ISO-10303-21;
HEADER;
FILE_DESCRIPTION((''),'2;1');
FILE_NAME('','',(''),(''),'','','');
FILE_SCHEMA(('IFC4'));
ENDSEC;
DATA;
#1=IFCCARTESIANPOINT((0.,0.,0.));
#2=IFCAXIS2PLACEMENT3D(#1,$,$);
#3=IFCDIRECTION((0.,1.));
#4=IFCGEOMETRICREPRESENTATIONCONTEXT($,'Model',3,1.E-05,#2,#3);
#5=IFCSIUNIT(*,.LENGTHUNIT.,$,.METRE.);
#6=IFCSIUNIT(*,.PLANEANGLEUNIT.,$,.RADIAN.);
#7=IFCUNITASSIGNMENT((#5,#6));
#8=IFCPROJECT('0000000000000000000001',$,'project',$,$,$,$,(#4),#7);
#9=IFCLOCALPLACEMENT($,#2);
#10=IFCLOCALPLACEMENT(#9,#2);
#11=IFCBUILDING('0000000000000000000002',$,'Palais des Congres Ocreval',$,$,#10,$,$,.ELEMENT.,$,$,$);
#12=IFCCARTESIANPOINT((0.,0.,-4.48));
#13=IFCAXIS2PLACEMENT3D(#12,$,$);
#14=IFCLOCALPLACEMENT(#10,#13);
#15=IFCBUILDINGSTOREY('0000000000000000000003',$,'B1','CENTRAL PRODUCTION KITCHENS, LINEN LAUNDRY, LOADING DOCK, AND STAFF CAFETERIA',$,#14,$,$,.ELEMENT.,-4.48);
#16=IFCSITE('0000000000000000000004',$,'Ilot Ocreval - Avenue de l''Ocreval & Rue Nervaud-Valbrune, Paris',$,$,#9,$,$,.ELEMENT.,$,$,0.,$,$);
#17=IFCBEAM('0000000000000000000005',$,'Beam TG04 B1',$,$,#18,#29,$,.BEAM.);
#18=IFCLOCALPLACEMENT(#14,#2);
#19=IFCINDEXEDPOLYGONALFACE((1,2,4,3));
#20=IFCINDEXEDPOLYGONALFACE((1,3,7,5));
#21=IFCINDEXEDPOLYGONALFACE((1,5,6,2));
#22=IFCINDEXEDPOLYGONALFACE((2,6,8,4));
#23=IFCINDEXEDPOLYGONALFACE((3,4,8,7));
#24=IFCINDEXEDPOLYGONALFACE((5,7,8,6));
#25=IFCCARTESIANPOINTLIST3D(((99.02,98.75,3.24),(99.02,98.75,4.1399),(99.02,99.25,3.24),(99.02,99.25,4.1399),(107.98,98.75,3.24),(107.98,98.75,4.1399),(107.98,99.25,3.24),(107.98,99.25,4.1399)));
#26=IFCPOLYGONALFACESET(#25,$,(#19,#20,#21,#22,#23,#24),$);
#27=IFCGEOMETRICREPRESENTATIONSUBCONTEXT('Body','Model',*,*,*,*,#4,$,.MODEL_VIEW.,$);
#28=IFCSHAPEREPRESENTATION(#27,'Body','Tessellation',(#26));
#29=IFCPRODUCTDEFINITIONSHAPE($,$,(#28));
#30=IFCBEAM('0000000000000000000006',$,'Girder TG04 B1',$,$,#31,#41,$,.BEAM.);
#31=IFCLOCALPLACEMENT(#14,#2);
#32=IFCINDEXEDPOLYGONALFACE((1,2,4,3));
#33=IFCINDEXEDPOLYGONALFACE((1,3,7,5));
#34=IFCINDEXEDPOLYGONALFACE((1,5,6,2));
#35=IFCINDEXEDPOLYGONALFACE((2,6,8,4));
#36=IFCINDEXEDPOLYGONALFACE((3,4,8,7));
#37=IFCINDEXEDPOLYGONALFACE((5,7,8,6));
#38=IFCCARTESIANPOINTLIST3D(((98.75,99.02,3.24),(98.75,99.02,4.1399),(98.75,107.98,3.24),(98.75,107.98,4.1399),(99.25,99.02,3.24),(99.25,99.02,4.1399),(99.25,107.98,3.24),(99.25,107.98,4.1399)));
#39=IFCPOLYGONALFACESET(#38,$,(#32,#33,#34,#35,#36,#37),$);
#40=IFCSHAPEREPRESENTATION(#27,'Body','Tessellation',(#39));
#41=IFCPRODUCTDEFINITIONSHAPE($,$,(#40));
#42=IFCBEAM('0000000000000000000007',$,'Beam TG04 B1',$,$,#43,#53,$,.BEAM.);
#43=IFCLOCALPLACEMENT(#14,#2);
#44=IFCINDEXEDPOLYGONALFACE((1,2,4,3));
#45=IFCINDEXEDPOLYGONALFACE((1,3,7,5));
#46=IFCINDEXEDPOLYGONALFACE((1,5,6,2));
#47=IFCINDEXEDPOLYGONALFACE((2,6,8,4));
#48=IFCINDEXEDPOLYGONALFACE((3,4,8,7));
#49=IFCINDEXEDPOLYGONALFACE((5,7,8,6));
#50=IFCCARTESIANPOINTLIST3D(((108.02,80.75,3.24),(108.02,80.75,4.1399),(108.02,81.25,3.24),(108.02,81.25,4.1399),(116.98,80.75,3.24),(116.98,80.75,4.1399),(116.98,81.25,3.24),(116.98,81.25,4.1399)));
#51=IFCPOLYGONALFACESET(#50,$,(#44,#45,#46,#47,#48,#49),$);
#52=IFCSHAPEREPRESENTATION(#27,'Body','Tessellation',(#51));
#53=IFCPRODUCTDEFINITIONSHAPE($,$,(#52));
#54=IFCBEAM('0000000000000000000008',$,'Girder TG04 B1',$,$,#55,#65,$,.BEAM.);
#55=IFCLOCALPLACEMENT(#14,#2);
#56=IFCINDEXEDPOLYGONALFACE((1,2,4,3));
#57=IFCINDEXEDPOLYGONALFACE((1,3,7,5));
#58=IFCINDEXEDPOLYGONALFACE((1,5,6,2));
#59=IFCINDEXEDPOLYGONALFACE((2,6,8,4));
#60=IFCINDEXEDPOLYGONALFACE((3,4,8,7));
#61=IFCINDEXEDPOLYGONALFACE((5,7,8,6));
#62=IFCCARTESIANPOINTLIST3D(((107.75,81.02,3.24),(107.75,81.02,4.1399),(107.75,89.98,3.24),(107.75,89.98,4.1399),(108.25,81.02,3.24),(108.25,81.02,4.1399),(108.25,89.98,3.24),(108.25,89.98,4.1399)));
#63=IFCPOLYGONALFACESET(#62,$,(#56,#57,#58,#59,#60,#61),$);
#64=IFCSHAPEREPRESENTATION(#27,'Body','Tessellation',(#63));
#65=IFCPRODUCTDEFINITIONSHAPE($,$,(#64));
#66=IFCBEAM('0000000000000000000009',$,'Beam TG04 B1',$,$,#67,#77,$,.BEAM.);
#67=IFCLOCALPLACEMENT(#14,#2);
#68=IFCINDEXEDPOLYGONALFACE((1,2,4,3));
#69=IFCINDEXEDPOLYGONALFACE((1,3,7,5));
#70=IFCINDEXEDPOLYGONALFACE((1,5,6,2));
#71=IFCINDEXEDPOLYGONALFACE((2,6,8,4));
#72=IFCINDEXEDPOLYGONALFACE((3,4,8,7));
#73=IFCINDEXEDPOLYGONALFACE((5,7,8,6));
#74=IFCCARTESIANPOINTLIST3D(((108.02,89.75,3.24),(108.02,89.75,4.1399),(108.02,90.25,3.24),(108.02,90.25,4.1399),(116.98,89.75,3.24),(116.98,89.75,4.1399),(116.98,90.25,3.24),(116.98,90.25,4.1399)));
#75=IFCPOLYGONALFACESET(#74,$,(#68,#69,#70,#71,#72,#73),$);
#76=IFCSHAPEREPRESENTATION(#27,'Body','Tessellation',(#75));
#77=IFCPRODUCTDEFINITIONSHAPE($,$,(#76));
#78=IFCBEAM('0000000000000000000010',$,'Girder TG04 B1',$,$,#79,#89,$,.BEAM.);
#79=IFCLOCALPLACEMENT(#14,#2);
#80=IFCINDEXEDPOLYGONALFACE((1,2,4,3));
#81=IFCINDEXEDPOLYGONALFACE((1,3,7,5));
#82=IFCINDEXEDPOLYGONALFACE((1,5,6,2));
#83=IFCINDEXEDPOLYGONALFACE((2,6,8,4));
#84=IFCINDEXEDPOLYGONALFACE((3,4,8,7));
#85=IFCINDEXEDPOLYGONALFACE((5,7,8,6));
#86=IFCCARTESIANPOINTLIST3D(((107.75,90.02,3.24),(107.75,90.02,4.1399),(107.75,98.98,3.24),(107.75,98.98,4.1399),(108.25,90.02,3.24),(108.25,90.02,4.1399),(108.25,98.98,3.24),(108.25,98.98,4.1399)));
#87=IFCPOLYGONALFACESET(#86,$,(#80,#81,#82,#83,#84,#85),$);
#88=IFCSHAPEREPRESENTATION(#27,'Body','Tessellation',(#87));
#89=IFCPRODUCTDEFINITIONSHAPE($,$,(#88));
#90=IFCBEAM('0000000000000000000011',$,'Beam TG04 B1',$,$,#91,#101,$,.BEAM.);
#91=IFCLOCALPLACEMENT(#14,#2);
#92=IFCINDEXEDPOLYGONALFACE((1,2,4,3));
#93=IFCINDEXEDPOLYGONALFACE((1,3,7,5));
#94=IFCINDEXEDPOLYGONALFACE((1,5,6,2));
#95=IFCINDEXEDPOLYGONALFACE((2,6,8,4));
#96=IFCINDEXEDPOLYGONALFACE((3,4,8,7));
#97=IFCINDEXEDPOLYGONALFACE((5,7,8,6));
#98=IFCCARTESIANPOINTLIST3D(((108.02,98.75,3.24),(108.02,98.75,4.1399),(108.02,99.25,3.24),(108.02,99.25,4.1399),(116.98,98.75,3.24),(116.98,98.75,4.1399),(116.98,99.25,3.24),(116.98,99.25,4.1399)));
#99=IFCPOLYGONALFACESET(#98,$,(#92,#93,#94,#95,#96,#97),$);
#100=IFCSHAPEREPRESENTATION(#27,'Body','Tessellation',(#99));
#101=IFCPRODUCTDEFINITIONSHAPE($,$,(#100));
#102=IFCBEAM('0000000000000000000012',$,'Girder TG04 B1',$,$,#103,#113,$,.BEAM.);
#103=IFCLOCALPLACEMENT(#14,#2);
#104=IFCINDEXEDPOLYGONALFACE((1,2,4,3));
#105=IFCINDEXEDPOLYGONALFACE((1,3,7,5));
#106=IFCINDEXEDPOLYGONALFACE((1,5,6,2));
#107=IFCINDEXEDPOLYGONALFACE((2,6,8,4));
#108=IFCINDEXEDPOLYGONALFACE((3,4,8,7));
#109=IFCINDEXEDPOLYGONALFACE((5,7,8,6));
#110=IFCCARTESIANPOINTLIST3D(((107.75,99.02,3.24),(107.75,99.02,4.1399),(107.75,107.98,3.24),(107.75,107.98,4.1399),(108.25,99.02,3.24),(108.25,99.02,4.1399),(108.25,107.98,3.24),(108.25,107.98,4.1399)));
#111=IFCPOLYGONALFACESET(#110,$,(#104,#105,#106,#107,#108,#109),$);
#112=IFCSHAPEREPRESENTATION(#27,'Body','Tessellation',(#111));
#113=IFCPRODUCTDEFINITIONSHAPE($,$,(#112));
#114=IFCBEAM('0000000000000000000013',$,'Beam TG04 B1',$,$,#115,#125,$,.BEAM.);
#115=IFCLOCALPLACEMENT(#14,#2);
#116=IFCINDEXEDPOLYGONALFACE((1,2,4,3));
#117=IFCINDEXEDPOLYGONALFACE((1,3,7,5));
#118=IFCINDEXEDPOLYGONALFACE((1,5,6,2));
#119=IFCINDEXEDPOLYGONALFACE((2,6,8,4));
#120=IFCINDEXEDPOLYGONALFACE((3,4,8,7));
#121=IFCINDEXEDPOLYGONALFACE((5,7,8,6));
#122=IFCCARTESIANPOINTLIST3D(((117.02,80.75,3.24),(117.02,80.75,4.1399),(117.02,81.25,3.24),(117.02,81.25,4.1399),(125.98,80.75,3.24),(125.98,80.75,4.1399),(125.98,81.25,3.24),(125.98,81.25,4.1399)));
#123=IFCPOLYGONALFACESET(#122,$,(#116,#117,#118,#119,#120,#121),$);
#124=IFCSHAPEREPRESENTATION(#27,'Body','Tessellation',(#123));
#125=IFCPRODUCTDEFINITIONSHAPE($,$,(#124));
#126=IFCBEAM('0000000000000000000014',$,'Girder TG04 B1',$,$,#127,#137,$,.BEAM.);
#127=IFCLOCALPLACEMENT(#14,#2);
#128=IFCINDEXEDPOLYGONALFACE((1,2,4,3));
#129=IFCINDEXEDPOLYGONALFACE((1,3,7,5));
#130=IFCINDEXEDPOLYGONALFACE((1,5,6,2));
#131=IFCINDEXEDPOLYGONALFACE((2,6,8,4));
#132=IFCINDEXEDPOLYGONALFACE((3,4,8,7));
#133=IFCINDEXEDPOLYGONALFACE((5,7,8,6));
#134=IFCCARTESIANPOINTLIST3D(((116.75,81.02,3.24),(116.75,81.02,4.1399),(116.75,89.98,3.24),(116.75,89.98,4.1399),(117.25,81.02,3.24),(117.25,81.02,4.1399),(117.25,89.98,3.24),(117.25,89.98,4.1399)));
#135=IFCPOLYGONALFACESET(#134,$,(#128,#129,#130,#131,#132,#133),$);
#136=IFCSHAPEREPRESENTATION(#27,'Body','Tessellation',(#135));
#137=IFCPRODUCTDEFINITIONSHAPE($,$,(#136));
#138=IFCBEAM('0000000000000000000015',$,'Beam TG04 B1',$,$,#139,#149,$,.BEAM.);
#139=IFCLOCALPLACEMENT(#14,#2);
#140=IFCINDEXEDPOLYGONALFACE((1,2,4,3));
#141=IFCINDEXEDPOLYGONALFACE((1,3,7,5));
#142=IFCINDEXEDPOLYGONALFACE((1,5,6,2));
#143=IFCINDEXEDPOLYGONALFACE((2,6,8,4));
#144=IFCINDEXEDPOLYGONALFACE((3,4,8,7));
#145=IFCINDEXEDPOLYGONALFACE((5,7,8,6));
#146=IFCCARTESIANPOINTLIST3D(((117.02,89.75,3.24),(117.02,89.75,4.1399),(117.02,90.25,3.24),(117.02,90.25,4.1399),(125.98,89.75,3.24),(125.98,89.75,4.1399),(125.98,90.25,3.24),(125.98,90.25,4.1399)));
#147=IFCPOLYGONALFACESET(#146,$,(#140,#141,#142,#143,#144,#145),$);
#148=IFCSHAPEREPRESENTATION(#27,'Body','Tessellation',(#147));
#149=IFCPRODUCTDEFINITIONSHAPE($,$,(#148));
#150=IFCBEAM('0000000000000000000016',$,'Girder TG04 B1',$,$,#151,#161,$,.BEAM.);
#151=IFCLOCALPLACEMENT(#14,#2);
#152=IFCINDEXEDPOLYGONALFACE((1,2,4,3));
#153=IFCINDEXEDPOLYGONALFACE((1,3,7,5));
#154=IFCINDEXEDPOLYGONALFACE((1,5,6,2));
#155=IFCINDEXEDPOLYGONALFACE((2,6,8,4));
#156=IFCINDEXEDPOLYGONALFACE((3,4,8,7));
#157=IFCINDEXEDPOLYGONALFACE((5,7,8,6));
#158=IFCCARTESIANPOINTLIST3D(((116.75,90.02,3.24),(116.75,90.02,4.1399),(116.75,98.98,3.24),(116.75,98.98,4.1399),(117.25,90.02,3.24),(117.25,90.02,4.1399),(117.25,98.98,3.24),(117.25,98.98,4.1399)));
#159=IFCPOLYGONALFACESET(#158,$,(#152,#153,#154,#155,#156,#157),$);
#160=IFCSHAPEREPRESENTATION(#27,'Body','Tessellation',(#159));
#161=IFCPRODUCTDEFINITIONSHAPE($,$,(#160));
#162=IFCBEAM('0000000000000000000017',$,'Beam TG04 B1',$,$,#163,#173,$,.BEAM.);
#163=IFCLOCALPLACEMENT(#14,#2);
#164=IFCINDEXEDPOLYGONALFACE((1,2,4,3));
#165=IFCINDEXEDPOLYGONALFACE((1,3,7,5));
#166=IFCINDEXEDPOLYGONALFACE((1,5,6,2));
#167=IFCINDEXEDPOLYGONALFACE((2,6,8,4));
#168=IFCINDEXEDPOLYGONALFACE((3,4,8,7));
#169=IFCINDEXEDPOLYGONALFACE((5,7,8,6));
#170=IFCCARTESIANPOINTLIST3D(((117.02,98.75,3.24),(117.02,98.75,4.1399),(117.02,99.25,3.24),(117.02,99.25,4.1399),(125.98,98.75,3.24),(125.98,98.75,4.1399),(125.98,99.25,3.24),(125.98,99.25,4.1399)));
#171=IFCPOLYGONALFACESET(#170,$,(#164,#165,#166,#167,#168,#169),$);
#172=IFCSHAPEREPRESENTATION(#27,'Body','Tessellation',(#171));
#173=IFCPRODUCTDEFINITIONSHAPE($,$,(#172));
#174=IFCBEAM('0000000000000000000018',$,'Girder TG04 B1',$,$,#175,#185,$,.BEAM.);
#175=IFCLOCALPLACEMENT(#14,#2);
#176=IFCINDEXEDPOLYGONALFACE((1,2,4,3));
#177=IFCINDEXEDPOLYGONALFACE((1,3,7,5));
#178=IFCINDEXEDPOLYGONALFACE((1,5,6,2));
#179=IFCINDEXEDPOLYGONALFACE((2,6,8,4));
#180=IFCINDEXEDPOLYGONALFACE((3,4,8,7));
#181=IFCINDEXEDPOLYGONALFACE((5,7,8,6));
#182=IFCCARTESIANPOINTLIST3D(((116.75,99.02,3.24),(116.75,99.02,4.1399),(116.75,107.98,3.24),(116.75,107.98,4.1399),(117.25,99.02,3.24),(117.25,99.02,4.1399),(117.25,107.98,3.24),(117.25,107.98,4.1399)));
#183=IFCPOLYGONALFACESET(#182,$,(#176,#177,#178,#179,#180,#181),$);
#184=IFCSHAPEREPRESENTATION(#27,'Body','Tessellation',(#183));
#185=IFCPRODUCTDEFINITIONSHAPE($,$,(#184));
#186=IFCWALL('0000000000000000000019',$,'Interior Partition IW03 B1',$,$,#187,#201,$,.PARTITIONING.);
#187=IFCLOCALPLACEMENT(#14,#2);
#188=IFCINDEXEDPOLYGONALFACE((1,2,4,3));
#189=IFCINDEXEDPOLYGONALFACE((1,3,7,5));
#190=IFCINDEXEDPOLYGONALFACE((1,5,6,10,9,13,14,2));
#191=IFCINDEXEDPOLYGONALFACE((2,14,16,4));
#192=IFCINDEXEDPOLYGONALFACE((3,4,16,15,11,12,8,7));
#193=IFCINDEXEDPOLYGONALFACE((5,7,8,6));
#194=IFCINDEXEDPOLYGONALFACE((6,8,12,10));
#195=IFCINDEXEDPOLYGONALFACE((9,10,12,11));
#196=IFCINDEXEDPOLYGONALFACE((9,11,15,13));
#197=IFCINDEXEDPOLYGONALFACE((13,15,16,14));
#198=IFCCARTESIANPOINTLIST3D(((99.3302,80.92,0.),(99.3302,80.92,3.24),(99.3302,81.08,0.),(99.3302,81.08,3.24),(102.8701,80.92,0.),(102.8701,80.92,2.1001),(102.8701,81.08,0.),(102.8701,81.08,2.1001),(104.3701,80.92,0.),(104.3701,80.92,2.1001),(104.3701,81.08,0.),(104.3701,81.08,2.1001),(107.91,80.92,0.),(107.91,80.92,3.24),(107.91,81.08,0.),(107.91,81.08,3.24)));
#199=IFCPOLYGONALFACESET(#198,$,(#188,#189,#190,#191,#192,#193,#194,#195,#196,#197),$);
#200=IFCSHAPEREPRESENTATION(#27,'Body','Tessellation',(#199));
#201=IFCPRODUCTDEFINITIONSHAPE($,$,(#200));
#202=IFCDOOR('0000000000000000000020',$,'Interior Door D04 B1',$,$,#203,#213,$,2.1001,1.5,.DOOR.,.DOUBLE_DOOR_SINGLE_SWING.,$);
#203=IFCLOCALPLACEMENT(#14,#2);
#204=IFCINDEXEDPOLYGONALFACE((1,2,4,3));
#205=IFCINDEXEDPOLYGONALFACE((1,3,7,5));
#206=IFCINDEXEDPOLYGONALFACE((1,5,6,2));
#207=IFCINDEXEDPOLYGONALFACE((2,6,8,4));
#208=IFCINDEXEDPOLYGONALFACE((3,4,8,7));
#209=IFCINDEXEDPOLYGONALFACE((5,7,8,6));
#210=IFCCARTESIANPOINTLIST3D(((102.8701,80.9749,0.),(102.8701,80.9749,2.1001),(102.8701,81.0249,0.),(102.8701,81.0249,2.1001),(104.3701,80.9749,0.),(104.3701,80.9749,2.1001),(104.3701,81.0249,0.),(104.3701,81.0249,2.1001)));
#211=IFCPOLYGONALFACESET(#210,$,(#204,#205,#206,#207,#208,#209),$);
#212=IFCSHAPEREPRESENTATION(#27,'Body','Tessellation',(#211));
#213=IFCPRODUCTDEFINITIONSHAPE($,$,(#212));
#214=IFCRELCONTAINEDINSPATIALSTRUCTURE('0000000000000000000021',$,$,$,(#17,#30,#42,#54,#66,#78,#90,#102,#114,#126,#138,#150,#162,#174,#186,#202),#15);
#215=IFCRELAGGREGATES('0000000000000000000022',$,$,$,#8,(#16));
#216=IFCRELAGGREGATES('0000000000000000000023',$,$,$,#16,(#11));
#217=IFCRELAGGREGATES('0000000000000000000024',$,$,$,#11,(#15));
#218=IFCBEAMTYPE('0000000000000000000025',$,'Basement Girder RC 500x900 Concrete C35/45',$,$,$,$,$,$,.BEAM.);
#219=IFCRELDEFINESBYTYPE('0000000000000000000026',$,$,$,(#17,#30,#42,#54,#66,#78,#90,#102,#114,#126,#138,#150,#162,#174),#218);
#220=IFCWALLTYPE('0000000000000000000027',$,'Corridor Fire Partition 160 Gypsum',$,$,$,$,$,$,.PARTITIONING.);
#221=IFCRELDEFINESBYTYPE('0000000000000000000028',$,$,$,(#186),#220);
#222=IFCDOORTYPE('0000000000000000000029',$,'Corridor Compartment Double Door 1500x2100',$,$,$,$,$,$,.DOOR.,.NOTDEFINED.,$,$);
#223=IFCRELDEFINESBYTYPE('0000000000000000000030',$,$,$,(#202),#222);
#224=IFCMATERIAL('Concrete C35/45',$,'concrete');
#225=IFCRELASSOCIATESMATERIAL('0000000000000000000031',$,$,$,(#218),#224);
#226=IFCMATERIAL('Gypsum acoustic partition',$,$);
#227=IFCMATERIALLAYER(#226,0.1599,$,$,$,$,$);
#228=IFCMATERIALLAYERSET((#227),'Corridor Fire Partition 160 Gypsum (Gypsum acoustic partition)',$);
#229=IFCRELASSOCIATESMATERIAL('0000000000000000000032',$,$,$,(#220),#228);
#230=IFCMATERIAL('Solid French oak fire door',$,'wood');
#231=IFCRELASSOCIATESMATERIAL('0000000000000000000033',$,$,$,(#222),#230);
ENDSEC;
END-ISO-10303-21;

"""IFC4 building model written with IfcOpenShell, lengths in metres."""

from ifc_helpers import new_model, si_unit, direction, frame, frame_2d, origin, origin_2d, place, context, subcontext, project, spatial, rectangle, extrude, material, layer, layer_set, material_profile, profile_set, type_object, element, fill, save


model = new_model("IFC4")

# Units and contexts
model_context = context("Model", 3, precision=1e-05, world=origin(), true_north=direction((0.0, 1.0)))
body_context = subcontext(model_context, "Body", "Model", "MODEL_VIEW")
ifc_project = project(units=[si_unit("LENGTHUNIT", "METRE"), si_unit("PLANEANGLEUNIT", "RADIAN")], contexts=[model_context])

# Site, building, storey
site_placement = place(None, origin())
site = spatial("IfcSite", under=ifc_project, at=site_placement, Name="Ilot Ocreval - Avenue de l'Ocreval & Rue Nervaud-Valbrune, Paris", CompositionType="ELEMENT", RefElevation=0.0)
building_placement = place(site_placement, origin())
building = spatial("IfcBuilding", under=site, at=building_placement, Name="Palais des Congres Ocreval", CompositionType="ELEMENT")
storey_placement = place(building_placement, frame((0.0, 0.0, -4.48)))
storey = spatial("IfcBuildingStorey", under=building, at=storey_placement, Name="B1", Description="CENTRAL PRODUCTION KITCHENS, LINEN LAUNDRY, LOADING DOCK, AND STAFF CAFETERIA", CompositionType="ELEMENT", Elevation=-4.48)

# Beams
ifc_material_1 = material(Name="Concrete C35/45", Category="concrete")
ifc_material_profile_1 = material_profile(ifc_material_1, rectangle(XDim=0.5, YDim=0.8999, at=origin_2d()), Name="RC 500x900")
ifc_profile_set_1 = profile_set([ifc_material_profile_1], Name="Concrete C35/45")
beam_type = type_object("IfcBeamType", Name="Basement Girder RC 500x900 Concrete C35/45", PredefinedType="BEAM", material=ifc_profile_set_1)
for number, where, z_axis, x_axis, name in (
    (1, (99.02, 99.0, 3.6899), (1.0, 0.0, 0.0), (0.0, 1.0, 0.0), "Beam TG04 B1"),
    (2, (99.0, 99.02, 3.6899), (0.0, 1.0, 0.0), (-1.0, 0.0, 0.0), "Girder TG04 B1"),
    (3, (108.02, 81.0, 3.6899), (1.0, 0.0, 0.0), (0.0, 1.0, 0.0), "Beam TG04 B1"),
    (4, (108.0, 81.02, 3.6899), (0.0, 1.0, 0.0), (-1.0, 0.0, 0.0), "Girder TG04 B1"),
    (5, (108.02, 90.0, 3.6899), (1.0, 0.0, 0.0), (0.0, 1.0, 0.0), "Beam TG04 B1"),
    (6, (108.0, 90.02, 3.6899), (0.0, 1.0, 0.0), (-1.0, 0.0, 0.0), "Girder TG04 B1"),
    (7, (108.02, 99.0, 3.6899), (1.0, 0.0, 0.0), (0.0, 1.0, 0.0), "Beam TG04 B1"),
    (8, (108.0, 99.02, 3.6899), (0.0, 1.0, 0.0), (-1.0, 0.0, 0.0), "Girder TG04 B1"),
    (9, (117.02, 81.0, 3.6899), (1.0, 0.0, 0.0), (0.0, 1.0, 0.0), "Beam TG04 B1"),
    (10, (117.0, 81.02, 3.6899), (0.0, 1.0, 0.0), (-1.0, 0.0, 0.0), "Girder TG04 B1"),
    (11, (117.02, 90.0, 3.6899), (1.0, 0.0, 0.0), (0.0, 1.0, 0.0), "Beam TG04 B1"),
    (12, (117.0, 90.02, 3.6899), (0.0, 1.0, 0.0), (-1.0, 0.0, 0.0), "Girder TG04 B1"),
    (13, (117.02, 99.0, 3.6899), (1.0, 0.0, 0.0), (0.0, 1.0, 0.0), "Beam TG04 B1"),
    (14, (117.0, 99.02, 3.6899), (0.0, 1.0, 0.0), (-1.0, 0.0, 0.0), "Girder TG04 B1"),
):
    element("IfcBeam", number, at=place(storey_placement, frame(where, z_axis=z_axis, x_axis=x_axis)), inside=storey, type_object=beam_type, Name=name, PredefinedType="BEAM", context=body_context, shape_type="SweptSolid", body=[
        extrude(rectangle(XDim=0.5, YDim=0.8999, at=origin_2d()), origin(), (0.0, 0.0, 1.0), 8.96),
    ])

# Wall, opening, door
ifc_material_2 = material(Name="Gypsum acoustic partition")
ifc_layer_1 = layer(ifc_material_2, 0.1599)
ifc_layer_set_1 = layer_set([ifc_layer_1], Name="Corridor Fire Partition 160 Gypsum (Gypsum acoustic partition)")
wall_type_1 = type_object("IfcWallType", Name="Corridor Fire Partition 160 Gypsum", PredefinedType="PARTITIONING", material=ifc_layer_set_1)
wall_1_placement = place(storey_placement, frame((99.3301, 81.0, 0.0), z_axis=(0.0, 0.0, 1.0), x_axis=(1.0, 0.0, 0.0)))
wall_1 = element("IfcWall", 15, at=wall_1_placement, inside=storey, type_object=wall_type_1, Name="Interior Partition IW03 B1", PredefinedType="PARTITIONING", context=body_context, shape_type="SweptSolid", body=[
    extrude(rectangle(XDim=8.5798, YDim=0.1599, at=frame_2d((4.29, 0.0))), origin(), (0.0, 0.0, 1.0), 3.24),
])
opening_1_placement = place(wall_1_placement, frame((3.54, 0.0, 0.0)))
opening_1 = element("IfcOpeningElement", 16, at=opening_1_placement, cuts=wall_1, PredefinedType="OPENING", context=body_context, shape_type="SweptSolid", body=[
    extrude(rectangle(XDim=1.5, YDim=2.1001, at=frame_2d((0.75, 1.05))), frame((0.0, 0.0898, 0.0), z_axis=(0.0, -1.0, 0.0), x_axis=(1.0, 0.0, 0.0)), (0.0, 0.0, 1.0), 0.1799),
])
ifc_material_3 = material(Name="Solid French oak fire door", Category="wood")
door_type_1 = type_object("IfcDoorType", Name="Corridor Compartment Double Door 1500x2100", OperationType="NOTDEFINED", PredefinedType="DOOR", material=ifc_material_3)
door_1_placement = place(opening_1_placement, origin())
door_1 = element("IfcDoor", 17, at=door_1_placement, inside=storey, type_object=door_type_1, Name="Interior Door D04 B1", OperationType="DOUBLE_DOOR_SINGLE_SWING", OverallHeight=2.1001, OverallWidth=1.5, PredefinedType="DOOR", context=body_context, shape_type="SweptSolid", body=[
    extrude(rectangle(XDim=1.5, YDim=2.1001, at=frame_2d((0.75, 1.05))), frame((0.0, 0.0249, 0.0), z_axis=(0.0, -1.0, 0.0), x_axis=(1.0, 0.0, 0.0)), (0.0, 0.0, 1.0), 0.05),
])
fill(opening_1, door_1)

save(model, "model.ifc")
